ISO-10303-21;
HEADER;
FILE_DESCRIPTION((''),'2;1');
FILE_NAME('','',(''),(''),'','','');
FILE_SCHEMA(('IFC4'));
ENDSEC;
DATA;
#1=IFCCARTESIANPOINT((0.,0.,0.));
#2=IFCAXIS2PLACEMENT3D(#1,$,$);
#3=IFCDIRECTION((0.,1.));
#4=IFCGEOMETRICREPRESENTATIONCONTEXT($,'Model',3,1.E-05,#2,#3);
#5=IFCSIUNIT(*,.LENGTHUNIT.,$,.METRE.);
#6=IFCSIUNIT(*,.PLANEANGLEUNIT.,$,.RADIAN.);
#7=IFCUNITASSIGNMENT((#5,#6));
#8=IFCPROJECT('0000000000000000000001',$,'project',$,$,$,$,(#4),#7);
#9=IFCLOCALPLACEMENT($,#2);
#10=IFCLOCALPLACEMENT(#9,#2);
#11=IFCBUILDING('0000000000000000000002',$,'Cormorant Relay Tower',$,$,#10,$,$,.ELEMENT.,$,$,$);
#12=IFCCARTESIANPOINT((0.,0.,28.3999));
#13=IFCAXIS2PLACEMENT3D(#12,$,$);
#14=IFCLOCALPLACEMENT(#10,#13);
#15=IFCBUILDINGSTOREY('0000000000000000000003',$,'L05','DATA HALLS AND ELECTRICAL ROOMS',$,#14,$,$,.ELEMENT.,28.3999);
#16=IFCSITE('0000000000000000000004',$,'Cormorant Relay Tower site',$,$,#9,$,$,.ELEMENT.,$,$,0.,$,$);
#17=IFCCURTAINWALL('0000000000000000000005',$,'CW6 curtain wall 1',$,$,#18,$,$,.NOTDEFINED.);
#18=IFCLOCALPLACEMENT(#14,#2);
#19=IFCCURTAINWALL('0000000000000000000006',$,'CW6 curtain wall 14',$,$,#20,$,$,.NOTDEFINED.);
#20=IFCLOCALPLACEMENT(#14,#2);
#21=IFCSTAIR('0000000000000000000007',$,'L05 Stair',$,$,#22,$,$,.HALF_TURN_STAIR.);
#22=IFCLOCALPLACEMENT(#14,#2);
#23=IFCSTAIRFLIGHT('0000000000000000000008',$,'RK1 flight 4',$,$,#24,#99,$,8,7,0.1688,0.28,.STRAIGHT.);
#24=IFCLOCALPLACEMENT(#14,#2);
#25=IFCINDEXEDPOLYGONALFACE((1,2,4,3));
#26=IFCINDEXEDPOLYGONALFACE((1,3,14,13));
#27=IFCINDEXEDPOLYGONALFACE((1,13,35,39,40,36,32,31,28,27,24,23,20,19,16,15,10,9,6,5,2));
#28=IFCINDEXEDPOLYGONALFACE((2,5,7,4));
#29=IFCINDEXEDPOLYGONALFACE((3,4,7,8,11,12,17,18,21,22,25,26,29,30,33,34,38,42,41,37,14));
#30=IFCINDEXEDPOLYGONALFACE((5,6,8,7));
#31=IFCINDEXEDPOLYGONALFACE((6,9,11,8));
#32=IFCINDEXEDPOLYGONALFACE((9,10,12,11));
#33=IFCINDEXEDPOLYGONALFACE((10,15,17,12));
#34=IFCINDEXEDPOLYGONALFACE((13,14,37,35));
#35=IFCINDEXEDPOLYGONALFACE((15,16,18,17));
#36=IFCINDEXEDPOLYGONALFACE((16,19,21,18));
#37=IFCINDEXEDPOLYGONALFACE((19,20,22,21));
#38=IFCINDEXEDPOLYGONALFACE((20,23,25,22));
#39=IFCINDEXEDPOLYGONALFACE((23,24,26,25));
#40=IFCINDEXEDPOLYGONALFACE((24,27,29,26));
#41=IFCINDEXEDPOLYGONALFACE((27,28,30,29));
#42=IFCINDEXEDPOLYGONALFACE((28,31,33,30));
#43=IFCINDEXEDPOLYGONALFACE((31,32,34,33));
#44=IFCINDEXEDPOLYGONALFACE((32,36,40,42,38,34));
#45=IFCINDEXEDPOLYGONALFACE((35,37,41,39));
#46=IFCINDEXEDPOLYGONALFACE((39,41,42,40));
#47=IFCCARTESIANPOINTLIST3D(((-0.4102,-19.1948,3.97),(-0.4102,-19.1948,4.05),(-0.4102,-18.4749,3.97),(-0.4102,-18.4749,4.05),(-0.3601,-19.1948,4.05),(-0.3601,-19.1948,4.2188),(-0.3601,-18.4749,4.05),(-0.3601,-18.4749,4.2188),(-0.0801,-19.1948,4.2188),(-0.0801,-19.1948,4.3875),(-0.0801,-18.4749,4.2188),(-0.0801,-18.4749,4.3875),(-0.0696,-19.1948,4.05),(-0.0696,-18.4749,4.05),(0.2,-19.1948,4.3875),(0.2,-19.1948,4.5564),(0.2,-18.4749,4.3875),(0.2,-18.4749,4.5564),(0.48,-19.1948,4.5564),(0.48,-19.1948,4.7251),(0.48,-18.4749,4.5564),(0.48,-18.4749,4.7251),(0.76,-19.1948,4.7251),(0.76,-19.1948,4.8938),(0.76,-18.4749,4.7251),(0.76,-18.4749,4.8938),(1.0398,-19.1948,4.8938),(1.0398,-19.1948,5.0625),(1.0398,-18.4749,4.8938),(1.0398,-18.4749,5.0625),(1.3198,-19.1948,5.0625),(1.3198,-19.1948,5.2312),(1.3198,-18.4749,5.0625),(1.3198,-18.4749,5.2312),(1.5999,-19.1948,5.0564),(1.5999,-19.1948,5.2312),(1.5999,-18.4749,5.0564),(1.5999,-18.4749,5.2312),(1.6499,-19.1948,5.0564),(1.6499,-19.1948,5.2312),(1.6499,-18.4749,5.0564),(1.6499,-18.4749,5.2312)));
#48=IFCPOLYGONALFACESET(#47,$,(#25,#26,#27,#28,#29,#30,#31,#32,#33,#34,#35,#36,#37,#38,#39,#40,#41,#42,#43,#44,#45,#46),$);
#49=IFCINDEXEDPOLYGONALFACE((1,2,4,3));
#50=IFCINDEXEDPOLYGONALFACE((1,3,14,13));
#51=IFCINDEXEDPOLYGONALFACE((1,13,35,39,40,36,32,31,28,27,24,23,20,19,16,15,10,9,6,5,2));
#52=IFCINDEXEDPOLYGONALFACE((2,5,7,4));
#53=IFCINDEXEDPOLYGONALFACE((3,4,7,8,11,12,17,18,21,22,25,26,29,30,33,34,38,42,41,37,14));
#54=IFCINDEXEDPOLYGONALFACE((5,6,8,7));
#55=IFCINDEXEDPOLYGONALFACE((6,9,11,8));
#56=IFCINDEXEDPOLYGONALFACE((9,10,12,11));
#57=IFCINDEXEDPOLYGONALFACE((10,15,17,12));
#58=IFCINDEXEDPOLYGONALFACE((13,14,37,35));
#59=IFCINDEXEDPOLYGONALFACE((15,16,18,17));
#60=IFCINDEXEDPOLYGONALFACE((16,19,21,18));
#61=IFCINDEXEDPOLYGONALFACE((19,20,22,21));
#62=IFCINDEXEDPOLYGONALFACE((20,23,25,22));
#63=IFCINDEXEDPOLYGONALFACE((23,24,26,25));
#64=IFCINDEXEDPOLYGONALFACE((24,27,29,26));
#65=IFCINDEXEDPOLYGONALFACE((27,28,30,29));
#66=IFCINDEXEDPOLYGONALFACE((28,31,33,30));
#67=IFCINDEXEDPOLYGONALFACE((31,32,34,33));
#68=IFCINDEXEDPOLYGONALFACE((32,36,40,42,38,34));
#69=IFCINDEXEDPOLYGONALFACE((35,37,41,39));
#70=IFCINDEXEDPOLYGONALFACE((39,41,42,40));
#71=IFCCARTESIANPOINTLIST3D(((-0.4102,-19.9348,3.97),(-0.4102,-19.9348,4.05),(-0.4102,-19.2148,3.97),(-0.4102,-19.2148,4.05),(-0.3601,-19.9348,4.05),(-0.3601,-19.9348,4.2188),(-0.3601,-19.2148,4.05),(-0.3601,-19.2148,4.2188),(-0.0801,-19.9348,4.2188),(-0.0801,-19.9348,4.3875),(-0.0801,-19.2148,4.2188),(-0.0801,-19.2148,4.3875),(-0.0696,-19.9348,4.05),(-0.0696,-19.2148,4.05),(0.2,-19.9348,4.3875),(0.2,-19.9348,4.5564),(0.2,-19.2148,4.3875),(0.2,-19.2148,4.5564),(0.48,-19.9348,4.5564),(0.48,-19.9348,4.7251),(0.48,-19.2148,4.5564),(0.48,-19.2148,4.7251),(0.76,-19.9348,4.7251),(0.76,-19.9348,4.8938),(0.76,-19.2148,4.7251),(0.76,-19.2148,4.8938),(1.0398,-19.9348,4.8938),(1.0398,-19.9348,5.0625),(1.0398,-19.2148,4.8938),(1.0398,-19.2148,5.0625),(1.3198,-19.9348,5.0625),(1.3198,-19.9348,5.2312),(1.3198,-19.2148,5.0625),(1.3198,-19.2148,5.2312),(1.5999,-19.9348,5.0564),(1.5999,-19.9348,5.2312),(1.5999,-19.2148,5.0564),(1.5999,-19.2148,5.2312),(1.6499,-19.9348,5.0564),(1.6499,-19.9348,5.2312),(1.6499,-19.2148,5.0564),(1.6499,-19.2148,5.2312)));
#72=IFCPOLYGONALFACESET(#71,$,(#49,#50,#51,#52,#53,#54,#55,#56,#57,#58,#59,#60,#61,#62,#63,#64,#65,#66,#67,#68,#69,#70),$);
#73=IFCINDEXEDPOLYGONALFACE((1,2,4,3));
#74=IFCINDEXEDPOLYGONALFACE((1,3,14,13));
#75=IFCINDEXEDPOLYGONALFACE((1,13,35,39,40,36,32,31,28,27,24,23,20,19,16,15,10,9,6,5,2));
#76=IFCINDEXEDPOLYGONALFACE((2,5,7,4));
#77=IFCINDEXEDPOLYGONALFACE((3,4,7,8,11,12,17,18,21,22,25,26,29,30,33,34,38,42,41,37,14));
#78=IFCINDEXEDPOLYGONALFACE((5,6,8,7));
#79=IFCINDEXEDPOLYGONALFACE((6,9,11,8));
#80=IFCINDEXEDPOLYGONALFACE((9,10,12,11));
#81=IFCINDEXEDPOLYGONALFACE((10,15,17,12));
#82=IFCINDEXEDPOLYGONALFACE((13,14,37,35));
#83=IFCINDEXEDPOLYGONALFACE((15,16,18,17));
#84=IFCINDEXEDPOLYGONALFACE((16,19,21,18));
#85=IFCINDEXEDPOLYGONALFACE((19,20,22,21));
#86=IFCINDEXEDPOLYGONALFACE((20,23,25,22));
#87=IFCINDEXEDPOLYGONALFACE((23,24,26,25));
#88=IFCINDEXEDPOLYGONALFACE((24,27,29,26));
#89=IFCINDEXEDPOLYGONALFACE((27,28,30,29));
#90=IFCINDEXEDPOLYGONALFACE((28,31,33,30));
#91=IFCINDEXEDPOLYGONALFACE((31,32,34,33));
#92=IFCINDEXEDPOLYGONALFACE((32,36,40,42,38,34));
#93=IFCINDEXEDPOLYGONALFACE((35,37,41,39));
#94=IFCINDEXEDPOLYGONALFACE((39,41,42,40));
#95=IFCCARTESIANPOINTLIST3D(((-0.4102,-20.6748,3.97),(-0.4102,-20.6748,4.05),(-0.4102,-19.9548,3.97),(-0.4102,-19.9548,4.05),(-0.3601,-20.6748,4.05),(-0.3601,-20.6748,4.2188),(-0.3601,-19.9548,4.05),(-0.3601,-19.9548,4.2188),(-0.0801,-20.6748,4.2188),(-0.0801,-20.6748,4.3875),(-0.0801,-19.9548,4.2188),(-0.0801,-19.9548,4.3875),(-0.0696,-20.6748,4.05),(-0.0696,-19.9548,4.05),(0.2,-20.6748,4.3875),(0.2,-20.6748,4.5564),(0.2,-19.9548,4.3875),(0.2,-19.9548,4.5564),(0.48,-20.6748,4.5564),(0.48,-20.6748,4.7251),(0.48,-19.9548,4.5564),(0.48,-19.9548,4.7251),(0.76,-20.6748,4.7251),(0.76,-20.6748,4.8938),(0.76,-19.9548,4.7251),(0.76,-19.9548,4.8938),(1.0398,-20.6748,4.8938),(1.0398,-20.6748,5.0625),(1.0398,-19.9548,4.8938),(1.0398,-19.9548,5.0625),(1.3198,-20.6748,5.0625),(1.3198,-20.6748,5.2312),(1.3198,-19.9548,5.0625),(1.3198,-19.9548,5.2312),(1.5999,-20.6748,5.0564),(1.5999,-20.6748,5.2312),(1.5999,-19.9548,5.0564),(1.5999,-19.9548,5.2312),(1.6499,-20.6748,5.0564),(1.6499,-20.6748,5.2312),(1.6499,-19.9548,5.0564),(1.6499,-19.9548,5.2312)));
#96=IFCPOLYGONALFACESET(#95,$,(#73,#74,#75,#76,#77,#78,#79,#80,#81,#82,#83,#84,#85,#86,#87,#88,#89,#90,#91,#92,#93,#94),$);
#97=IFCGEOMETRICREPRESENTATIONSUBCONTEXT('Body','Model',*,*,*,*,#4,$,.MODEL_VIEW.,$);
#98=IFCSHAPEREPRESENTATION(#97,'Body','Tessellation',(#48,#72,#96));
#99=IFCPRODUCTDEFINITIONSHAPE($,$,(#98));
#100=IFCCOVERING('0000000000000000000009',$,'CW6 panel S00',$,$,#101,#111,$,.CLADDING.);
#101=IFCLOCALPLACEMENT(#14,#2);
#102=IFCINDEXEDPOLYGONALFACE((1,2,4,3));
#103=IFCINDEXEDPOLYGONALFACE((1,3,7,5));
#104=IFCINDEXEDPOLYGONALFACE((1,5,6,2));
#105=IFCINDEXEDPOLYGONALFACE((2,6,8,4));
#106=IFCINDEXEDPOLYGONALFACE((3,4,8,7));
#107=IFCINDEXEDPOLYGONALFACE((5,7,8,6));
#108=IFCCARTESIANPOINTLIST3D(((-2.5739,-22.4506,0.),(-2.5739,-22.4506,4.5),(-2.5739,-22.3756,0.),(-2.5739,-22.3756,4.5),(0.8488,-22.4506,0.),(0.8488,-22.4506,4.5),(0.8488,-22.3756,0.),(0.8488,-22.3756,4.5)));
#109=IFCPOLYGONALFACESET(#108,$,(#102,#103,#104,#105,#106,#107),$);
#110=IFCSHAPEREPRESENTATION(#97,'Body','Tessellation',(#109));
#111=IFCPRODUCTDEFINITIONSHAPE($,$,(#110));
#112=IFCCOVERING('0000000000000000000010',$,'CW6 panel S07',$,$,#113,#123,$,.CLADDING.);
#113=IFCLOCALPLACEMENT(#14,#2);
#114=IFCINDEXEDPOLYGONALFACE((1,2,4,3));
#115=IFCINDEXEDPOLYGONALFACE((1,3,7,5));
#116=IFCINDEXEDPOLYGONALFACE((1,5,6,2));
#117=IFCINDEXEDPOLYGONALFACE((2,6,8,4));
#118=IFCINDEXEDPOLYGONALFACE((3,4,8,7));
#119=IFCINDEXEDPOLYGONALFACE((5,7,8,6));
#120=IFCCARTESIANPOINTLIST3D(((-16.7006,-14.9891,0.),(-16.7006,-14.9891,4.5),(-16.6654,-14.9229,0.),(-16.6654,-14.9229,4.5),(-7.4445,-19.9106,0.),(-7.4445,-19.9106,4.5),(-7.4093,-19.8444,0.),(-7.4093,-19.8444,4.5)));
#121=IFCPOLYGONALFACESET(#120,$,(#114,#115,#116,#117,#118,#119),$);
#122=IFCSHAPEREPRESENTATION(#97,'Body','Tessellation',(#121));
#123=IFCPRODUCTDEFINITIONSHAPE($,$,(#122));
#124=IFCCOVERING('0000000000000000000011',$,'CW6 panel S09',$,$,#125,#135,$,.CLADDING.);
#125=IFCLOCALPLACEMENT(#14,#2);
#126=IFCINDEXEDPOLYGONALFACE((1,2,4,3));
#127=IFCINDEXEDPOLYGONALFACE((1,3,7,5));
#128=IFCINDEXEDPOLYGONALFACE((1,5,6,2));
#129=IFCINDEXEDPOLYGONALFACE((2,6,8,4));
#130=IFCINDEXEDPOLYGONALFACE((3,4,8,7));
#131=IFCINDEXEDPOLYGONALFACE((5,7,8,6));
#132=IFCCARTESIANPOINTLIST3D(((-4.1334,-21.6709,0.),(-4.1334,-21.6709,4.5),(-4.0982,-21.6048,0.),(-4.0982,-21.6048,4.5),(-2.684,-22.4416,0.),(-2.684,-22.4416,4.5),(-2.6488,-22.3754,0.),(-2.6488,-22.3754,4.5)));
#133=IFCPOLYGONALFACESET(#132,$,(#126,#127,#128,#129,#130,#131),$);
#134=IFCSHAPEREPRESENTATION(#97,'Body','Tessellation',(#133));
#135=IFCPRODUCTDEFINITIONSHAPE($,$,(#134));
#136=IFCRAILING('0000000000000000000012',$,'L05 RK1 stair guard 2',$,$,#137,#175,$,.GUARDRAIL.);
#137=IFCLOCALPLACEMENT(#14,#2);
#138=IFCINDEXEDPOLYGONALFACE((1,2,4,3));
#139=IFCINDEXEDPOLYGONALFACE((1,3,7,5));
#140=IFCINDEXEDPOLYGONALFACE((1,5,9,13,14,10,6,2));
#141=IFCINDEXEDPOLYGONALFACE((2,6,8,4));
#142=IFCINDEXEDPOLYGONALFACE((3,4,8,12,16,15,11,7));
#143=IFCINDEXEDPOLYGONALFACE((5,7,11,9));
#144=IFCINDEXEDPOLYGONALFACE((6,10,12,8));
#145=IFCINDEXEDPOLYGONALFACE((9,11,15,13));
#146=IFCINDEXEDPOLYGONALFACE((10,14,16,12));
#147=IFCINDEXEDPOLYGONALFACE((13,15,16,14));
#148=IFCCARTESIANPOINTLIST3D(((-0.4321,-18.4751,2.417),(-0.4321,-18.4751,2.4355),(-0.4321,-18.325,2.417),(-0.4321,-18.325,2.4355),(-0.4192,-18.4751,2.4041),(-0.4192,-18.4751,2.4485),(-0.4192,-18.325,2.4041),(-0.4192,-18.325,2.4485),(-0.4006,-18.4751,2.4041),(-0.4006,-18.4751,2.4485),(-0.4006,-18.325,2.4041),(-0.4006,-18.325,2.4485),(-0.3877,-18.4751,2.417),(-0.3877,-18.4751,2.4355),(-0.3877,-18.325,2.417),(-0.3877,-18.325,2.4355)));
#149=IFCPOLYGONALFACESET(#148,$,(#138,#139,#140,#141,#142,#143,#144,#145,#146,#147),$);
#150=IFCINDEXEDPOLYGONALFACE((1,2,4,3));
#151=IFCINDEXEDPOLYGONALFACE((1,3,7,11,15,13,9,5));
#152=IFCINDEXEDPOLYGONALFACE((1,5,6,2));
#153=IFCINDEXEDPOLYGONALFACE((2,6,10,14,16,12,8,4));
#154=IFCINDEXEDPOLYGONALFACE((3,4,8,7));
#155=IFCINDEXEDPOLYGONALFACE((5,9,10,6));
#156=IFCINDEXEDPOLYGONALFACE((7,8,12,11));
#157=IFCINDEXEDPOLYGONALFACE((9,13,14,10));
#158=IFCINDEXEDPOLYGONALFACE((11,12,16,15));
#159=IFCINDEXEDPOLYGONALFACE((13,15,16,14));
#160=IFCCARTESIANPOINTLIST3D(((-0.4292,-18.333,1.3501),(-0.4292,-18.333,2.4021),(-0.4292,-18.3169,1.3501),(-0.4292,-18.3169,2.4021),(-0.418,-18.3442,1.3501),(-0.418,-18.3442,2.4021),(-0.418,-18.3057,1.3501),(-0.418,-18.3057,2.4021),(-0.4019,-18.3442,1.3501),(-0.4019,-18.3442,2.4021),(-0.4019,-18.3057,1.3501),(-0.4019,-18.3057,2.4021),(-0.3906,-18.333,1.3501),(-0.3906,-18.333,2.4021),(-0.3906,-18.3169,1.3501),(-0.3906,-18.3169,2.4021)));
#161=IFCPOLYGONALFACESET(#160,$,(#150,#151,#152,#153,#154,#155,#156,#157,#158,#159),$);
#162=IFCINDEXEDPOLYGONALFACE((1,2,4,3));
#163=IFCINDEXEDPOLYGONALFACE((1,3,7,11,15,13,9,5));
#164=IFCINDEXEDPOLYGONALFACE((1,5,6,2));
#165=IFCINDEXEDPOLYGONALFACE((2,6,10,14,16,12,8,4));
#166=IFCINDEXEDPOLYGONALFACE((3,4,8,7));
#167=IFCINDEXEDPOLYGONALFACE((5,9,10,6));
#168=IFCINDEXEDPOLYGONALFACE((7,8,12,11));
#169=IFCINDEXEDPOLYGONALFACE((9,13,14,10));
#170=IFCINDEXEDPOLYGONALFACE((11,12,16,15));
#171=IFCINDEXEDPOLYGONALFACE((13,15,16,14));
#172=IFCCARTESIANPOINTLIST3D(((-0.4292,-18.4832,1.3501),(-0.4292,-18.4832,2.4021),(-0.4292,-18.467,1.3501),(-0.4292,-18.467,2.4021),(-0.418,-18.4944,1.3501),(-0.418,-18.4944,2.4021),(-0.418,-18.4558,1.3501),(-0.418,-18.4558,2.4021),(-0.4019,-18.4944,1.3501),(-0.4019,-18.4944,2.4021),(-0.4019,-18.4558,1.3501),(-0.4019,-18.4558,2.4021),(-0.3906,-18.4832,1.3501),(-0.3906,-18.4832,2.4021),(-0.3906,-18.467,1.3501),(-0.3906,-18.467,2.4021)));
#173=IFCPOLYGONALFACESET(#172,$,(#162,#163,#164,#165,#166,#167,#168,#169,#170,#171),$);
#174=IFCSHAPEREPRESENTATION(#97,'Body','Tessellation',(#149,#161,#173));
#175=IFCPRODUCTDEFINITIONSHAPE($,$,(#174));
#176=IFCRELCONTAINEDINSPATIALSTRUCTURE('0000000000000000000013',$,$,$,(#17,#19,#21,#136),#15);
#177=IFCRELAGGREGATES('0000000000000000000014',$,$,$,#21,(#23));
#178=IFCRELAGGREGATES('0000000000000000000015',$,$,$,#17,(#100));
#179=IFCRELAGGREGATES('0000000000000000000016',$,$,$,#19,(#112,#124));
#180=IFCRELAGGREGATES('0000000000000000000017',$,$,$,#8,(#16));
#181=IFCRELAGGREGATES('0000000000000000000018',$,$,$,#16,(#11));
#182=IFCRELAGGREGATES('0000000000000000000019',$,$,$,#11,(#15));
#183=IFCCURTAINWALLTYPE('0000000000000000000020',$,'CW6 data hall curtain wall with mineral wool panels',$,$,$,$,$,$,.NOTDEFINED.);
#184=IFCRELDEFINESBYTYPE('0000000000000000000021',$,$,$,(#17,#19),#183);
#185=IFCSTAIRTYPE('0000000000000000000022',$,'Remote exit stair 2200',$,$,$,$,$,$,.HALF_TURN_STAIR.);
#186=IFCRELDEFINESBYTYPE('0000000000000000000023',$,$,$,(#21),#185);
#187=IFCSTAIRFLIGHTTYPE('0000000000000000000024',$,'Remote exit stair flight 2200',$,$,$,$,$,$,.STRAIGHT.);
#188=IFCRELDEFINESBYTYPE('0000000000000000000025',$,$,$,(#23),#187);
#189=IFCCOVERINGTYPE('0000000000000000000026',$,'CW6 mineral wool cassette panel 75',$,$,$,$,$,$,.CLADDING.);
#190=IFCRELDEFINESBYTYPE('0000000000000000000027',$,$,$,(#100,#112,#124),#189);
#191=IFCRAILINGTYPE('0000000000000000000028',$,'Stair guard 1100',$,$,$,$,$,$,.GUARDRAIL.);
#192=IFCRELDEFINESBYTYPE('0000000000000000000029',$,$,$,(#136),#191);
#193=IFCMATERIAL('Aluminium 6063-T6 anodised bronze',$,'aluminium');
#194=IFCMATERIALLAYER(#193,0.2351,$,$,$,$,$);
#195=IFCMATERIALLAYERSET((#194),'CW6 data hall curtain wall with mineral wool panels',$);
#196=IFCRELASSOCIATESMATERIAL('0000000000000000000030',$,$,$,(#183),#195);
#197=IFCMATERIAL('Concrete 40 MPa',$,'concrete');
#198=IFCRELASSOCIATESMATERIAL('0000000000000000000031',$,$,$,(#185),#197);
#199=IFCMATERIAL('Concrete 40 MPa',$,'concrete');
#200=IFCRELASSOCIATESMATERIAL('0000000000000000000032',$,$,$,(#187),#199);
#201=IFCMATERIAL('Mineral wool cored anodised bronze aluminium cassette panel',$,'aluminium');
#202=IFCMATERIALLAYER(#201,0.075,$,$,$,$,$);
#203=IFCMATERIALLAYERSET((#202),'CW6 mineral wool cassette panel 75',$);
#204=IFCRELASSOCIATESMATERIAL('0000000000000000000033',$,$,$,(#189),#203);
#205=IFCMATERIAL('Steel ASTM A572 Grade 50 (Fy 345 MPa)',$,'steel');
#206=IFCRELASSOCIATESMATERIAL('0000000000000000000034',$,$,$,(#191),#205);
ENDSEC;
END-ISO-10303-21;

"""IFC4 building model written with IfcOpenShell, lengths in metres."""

from ifc_helpers import new_model, si_unit, direction, frame, origin, origin_2d, place, context, subcontext, project, spatial, polyline, rectangle, outline, extrude, material, layer, layer_set, type_object, element, aggregate, save


model = new_model("IFC4")

# Units and contexts
model_context = context("Model", 3, precision=1e-05, world=origin(), true_north=direction((0.0, 1.0)))
body_context = subcontext(model_context, "Body", "Model", "MODEL_VIEW")
ifc_project = project(units=[si_unit("LENGTHUNIT", "METRE"), si_unit("PLANEANGLEUNIT", "RADIAN")], contexts=[model_context])

# Site, building, storey
site_placement = place(None, origin())
site = spatial("IfcSite", under=ifc_project, at=site_placement, Name="Cormorant Relay Tower site", CompositionType="ELEMENT", RefElevation=0.0)
building_placement = place(site_placement, origin())
building = spatial("IfcBuilding", under=site, at=building_placement, Name="Cormorant Relay Tower", CompositionType="ELEMENT")
storey_placement = place(building_placement, frame((0.0, 0.0, 28.3999)))
storey = spatial("IfcBuildingStorey", under=building, at=storey_placement, Name="L05", Description="DATA HALLS AND ELECTRICAL ROOMS", CompositionType="ELEMENT", Elevation=28.3999)

# Curtain wall
ifc_material_1 = material(Name="Aluminium 6063-T6 anodised bronze", Category="aluminium")
ifc_layer_1 = layer(ifc_material_1, 0.2351)
ifc_layer_set_1 = layer_set([ifc_layer_1], Name="CW6 data hall curtain wall with mineral wool panels")
curtain_wall_type = type_object("IfcCurtainWallType", Name="CW6 data hall curtain wall with mineral wool panels", PredefinedType="NOTDEFINED", material=ifc_layer_set_1)
curtain_wall_1_placement = place(storey_placement, origin())
curtain_wall_1 = element("IfcCurtainWall", 1, at=curtain_wall_1_placement, inside=storey, type_object=curtain_wall_type, Name="CW6 curtain wall 1", PredefinedType="NOTDEFINED")

# Curtain wall
curtain_wall_2_placement = place(storey_placement, origin())
curtain_wall_2 = element("IfcCurtainWall", 2, at=curtain_wall_2_placement, inside=storey, type_object=curtain_wall_type, Name="CW6 curtain wall 14", PredefinedType="NOTDEFINED")

# Stair, stair flight
ifc_material_2 = material(Name="Concrete 40 MPa", Category="concrete")
stair_type = type_object("IfcStairType", Name="Remote exit stair 2200", PredefinedType="HALF_TURN_STAIR", material=ifc_material_2)
stair_placement = place(storey_placement, origin())
stair = element("IfcStair", 3, at=stair_placement, inside=storey, type_object=stair_type, Name="L05 Stair", PredefinedType="HALF_TURN_STAIR")
ifc_material_3 = material(Name="Concrete 40 MPa", Category="concrete")
stair_flight_type = type_object("IfcStairFlightType", Name="Remote exit stair flight 2200", PredefinedType="STRAIGHT", material=ifc_material_3)
stair_flight_1_placement = place(storey_placement, frame((-0.3601, -19.575, 4.05), z_axis=(0.0, 0.0, 1.0), x_axis=(1.0, 0.0, 0.0)))
stair_flight_1 = element("IfcStairFlight", 4, at=stair_flight_1_placement, type_object=stair_flight_type, Name="RK1 flight 4", NumberOfRisers=8, NumberOfTreads=7, PredefinedType="STRAIGHT", RiserHeight=0.1688, TreadLength=0.28, context=body_context, shape_type="SweptSolid", body=[
    extrude(outline(polyline([(-0.05, -0.0801), (-0.05, 0.0), (0.0, 0.0), (0.0, 0.1687), (0.28, 0.1687), (0.28, 0.3374), (0.5601, 0.3374), (0.5601, 0.5063), (0.8401, 0.5063), (0.8401, 0.675), (1.1201, 0.675), (1.1201, 0.8438), (1.3999, 0.8438), (1.3999, 1.0125), (1.6799, 1.0125), (1.6799, 1.1812), (1.96, 1.1812), (2.01, 1.1812), (2.01, 1.0063), (1.96, 1.0063), (0.2905, 0.0), (-0.05, -0.0801)])), frame((0.0, 1.1001, 0.0), z_axis=(0.0, -1.0, 0.0), x_axis=(1.0, 0.0, 0.0)), (0.0, 0.0, 1.0), 0.72),
    extrude(outline(polyline([(-0.05, -0.0801), (-0.05, 0.0), (0.0, 0.0), (0.0, 0.1687), (0.28, 0.1687), (0.28, 0.3374), (0.5601, 0.3374), (0.5601, 0.5063), (0.8401, 0.5063), (0.8401, 0.675), (1.1201, 0.675), (1.1201, 0.8438), (1.3999, 0.8438), (1.3999, 1.0125), (1.6799, 1.0125), (1.6799, 1.1812), (1.96, 1.1812), (2.01, 1.1812), (2.01, 1.0063), (1.96, 1.0063), (0.2905, 0.0), (-0.05, -0.0801)])), frame((0.0, 0.3601, 0.0), z_axis=(0.0, -1.0, 0.0), x_axis=(1.0, 0.0, 0.0)), (0.0, 0.0, 1.0), 0.72),
    extrude(outline(polyline([(-0.05, -0.0801), (-0.05, 0.0), (0.0, 0.0), (0.0, 0.1687), (0.28, 0.1687), (0.28, 0.3374), (0.5601, 0.3374), (0.5601, 0.5063), (0.8401, 0.5063), (0.8401, 0.675), (1.1201, 0.675), (1.1201, 0.8438), (1.3999, 0.8438), (1.3999, 1.0125), (1.6799, 1.0125), (1.6799, 1.1812), (1.96, 1.1812), (2.01, 1.1812), (2.01, 1.0063), (1.96, 1.0063), (0.2905, 0.0), (-0.05, -0.0801)])), frame((0.0, -0.3799, 0.0), z_axis=(0.0, -1.0, 0.0), x_axis=(1.0, 0.0, 0.0)), (0.0, 0.0, 1.0), 0.72),
])
aggregate(stair, [stair_flight_1])

# Coverings
ifc_material_4 = material(Name="Mineral wool cored anodised bronze aluminium cassette panel", Category="aluminium")
ifc_layer_2 = layer(ifc_material_4, 0.075)
ifc_layer_set_2 = layer_set([ifc_layer_2], Name="CW6 mineral wool cassette panel 75")
covering_type = type_object("IfcCoveringType", Name="CW6 mineral wool cassette panel 75", PredefinedType="CLADDING", material=ifc_layer_set_2)
covering_1_placement = place(storey_placement, frame((-0.8625, -22.4131, 0.0), z_axis=(0.0, 0.0, 1.0), x_axis=(1.0, 0.0, 0.0)))
covering_1 = element("IfcCovering", 5, at=covering_1_placement, type_object=covering_type, Name="CW6 panel S00", PredefinedType="CLADDING", context=body_context, shape_type="SweptSolid", body=[
    extrude(rectangle(XDim=3.4226, YDim=0.075, at=origin_2d()), origin(), (0.0, 0.0, 1.0), 4.5),
])
aggregate(curtain_wall_1, [covering_1])
covering_2_placement = place(storey_placement, frame((-12.0549, -17.4167, 0.0), z_axis=(0.0, 0.0, 1.0), x_axis=(0.882948, -0.469472, 0.0)))
covering_2 = element("IfcCovering", 6, at=covering_2_placement, type_object=covering_type, Name="CW6 panel S07", PredefinedType="CLADDING", context=body_context, shape_type="SweptSolid", body=[
    extrude(rectangle(XDim=10.4832, YDim=0.075, at=origin_2d()), origin(), (0.0, 0.0, 1.0), 4.5),
])
covering_3_placement = place(storey_placement, frame((-3.3911, -22.0232, 0.0), z_axis=(0.0, 0.0, 1.0), x_axis=(0.882948, -0.469472, 0.0)))
covering_3 = element("IfcCovering", 7, at=covering_3_placement, type_object=covering_type, Name="CW6 panel S09", PredefinedType="CLADDING", context=body_context, shape_type="SweptSolid", body=[
    extrude(rectangle(XDim=1.6416, YDim=0.075, at=origin_2d()), origin(), (0.0, 0.0, 1.0), 4.5),
])
aggregate(curtain_wall_2, [covering_2, covering_3])

# Railing
ifc_material_5 = material(Name="Steel ASTM A572 Grade 50 (Fy 345 MPa)", Category="steel")
railing_type_1 = type_object("IfcRailingType", Name="Stair guard 1100", PredefinedType="GUARDRAIL", material=ifc_material_5)
railing_1_placement = place(storey_placement, frame((-0.4099, -18.325, 1.3501)))
element("IfcRailing", 8, at=railing_1_placement, inside=storey, type_object=railing_type_1, Name="L05 RK1 stair guard 2", PredefinedType="GUARDRAIL", context=body_context, shape_type="SweptSolid", body=[
    extrude(outline(polyline([(0.0222, 0.0093), (0.0093, 0.0222), (-0.0093, 0.0222), (-0.0222, 0.0093), (-0.0222, -0.0093), (-0.0093, -0.0222), (0.0093, -0.0222), (0.0222, -0.0093), (0.0222, 0.0093)])), frame((0.0, 0.0, 1.0762), z_axis=(0.0, -1.0, 0.0), x_axis=(1.0, 0.0, 0.0)), (0.0, 0.0, 1.0), 0.1501),
    extrude(outline(polyline([(0.0193, 0.0081), (0.0081, 0.0193), (-0.0081, 0.0193), (-0.0193, 0.0081), (-0.0193, -0.0081), (-0.0081, -0.0193), (0.0081, -0.0193), (0.0193, -0.0081), (0.0193, 0.0081)])), origin(), (0.0, 0.0, 1.0), 1.052),
    extrude(outline(polyline([(0.0193, 0.0081), (0.0081, 0.0193), (-0.0081, 0.0193), (-0.0193, 0.0081), (-0.0193, -0.0081), (-0.0081, -0.0193), (0.0081, -0.0193), (0.0193, -0.0081), (0.0193, 0.0081)])), frame((0.0, -0.1501, 0.0)), (0.0, 0.0, 1.0), 1.052),
])

save(model, "model.ifc")
